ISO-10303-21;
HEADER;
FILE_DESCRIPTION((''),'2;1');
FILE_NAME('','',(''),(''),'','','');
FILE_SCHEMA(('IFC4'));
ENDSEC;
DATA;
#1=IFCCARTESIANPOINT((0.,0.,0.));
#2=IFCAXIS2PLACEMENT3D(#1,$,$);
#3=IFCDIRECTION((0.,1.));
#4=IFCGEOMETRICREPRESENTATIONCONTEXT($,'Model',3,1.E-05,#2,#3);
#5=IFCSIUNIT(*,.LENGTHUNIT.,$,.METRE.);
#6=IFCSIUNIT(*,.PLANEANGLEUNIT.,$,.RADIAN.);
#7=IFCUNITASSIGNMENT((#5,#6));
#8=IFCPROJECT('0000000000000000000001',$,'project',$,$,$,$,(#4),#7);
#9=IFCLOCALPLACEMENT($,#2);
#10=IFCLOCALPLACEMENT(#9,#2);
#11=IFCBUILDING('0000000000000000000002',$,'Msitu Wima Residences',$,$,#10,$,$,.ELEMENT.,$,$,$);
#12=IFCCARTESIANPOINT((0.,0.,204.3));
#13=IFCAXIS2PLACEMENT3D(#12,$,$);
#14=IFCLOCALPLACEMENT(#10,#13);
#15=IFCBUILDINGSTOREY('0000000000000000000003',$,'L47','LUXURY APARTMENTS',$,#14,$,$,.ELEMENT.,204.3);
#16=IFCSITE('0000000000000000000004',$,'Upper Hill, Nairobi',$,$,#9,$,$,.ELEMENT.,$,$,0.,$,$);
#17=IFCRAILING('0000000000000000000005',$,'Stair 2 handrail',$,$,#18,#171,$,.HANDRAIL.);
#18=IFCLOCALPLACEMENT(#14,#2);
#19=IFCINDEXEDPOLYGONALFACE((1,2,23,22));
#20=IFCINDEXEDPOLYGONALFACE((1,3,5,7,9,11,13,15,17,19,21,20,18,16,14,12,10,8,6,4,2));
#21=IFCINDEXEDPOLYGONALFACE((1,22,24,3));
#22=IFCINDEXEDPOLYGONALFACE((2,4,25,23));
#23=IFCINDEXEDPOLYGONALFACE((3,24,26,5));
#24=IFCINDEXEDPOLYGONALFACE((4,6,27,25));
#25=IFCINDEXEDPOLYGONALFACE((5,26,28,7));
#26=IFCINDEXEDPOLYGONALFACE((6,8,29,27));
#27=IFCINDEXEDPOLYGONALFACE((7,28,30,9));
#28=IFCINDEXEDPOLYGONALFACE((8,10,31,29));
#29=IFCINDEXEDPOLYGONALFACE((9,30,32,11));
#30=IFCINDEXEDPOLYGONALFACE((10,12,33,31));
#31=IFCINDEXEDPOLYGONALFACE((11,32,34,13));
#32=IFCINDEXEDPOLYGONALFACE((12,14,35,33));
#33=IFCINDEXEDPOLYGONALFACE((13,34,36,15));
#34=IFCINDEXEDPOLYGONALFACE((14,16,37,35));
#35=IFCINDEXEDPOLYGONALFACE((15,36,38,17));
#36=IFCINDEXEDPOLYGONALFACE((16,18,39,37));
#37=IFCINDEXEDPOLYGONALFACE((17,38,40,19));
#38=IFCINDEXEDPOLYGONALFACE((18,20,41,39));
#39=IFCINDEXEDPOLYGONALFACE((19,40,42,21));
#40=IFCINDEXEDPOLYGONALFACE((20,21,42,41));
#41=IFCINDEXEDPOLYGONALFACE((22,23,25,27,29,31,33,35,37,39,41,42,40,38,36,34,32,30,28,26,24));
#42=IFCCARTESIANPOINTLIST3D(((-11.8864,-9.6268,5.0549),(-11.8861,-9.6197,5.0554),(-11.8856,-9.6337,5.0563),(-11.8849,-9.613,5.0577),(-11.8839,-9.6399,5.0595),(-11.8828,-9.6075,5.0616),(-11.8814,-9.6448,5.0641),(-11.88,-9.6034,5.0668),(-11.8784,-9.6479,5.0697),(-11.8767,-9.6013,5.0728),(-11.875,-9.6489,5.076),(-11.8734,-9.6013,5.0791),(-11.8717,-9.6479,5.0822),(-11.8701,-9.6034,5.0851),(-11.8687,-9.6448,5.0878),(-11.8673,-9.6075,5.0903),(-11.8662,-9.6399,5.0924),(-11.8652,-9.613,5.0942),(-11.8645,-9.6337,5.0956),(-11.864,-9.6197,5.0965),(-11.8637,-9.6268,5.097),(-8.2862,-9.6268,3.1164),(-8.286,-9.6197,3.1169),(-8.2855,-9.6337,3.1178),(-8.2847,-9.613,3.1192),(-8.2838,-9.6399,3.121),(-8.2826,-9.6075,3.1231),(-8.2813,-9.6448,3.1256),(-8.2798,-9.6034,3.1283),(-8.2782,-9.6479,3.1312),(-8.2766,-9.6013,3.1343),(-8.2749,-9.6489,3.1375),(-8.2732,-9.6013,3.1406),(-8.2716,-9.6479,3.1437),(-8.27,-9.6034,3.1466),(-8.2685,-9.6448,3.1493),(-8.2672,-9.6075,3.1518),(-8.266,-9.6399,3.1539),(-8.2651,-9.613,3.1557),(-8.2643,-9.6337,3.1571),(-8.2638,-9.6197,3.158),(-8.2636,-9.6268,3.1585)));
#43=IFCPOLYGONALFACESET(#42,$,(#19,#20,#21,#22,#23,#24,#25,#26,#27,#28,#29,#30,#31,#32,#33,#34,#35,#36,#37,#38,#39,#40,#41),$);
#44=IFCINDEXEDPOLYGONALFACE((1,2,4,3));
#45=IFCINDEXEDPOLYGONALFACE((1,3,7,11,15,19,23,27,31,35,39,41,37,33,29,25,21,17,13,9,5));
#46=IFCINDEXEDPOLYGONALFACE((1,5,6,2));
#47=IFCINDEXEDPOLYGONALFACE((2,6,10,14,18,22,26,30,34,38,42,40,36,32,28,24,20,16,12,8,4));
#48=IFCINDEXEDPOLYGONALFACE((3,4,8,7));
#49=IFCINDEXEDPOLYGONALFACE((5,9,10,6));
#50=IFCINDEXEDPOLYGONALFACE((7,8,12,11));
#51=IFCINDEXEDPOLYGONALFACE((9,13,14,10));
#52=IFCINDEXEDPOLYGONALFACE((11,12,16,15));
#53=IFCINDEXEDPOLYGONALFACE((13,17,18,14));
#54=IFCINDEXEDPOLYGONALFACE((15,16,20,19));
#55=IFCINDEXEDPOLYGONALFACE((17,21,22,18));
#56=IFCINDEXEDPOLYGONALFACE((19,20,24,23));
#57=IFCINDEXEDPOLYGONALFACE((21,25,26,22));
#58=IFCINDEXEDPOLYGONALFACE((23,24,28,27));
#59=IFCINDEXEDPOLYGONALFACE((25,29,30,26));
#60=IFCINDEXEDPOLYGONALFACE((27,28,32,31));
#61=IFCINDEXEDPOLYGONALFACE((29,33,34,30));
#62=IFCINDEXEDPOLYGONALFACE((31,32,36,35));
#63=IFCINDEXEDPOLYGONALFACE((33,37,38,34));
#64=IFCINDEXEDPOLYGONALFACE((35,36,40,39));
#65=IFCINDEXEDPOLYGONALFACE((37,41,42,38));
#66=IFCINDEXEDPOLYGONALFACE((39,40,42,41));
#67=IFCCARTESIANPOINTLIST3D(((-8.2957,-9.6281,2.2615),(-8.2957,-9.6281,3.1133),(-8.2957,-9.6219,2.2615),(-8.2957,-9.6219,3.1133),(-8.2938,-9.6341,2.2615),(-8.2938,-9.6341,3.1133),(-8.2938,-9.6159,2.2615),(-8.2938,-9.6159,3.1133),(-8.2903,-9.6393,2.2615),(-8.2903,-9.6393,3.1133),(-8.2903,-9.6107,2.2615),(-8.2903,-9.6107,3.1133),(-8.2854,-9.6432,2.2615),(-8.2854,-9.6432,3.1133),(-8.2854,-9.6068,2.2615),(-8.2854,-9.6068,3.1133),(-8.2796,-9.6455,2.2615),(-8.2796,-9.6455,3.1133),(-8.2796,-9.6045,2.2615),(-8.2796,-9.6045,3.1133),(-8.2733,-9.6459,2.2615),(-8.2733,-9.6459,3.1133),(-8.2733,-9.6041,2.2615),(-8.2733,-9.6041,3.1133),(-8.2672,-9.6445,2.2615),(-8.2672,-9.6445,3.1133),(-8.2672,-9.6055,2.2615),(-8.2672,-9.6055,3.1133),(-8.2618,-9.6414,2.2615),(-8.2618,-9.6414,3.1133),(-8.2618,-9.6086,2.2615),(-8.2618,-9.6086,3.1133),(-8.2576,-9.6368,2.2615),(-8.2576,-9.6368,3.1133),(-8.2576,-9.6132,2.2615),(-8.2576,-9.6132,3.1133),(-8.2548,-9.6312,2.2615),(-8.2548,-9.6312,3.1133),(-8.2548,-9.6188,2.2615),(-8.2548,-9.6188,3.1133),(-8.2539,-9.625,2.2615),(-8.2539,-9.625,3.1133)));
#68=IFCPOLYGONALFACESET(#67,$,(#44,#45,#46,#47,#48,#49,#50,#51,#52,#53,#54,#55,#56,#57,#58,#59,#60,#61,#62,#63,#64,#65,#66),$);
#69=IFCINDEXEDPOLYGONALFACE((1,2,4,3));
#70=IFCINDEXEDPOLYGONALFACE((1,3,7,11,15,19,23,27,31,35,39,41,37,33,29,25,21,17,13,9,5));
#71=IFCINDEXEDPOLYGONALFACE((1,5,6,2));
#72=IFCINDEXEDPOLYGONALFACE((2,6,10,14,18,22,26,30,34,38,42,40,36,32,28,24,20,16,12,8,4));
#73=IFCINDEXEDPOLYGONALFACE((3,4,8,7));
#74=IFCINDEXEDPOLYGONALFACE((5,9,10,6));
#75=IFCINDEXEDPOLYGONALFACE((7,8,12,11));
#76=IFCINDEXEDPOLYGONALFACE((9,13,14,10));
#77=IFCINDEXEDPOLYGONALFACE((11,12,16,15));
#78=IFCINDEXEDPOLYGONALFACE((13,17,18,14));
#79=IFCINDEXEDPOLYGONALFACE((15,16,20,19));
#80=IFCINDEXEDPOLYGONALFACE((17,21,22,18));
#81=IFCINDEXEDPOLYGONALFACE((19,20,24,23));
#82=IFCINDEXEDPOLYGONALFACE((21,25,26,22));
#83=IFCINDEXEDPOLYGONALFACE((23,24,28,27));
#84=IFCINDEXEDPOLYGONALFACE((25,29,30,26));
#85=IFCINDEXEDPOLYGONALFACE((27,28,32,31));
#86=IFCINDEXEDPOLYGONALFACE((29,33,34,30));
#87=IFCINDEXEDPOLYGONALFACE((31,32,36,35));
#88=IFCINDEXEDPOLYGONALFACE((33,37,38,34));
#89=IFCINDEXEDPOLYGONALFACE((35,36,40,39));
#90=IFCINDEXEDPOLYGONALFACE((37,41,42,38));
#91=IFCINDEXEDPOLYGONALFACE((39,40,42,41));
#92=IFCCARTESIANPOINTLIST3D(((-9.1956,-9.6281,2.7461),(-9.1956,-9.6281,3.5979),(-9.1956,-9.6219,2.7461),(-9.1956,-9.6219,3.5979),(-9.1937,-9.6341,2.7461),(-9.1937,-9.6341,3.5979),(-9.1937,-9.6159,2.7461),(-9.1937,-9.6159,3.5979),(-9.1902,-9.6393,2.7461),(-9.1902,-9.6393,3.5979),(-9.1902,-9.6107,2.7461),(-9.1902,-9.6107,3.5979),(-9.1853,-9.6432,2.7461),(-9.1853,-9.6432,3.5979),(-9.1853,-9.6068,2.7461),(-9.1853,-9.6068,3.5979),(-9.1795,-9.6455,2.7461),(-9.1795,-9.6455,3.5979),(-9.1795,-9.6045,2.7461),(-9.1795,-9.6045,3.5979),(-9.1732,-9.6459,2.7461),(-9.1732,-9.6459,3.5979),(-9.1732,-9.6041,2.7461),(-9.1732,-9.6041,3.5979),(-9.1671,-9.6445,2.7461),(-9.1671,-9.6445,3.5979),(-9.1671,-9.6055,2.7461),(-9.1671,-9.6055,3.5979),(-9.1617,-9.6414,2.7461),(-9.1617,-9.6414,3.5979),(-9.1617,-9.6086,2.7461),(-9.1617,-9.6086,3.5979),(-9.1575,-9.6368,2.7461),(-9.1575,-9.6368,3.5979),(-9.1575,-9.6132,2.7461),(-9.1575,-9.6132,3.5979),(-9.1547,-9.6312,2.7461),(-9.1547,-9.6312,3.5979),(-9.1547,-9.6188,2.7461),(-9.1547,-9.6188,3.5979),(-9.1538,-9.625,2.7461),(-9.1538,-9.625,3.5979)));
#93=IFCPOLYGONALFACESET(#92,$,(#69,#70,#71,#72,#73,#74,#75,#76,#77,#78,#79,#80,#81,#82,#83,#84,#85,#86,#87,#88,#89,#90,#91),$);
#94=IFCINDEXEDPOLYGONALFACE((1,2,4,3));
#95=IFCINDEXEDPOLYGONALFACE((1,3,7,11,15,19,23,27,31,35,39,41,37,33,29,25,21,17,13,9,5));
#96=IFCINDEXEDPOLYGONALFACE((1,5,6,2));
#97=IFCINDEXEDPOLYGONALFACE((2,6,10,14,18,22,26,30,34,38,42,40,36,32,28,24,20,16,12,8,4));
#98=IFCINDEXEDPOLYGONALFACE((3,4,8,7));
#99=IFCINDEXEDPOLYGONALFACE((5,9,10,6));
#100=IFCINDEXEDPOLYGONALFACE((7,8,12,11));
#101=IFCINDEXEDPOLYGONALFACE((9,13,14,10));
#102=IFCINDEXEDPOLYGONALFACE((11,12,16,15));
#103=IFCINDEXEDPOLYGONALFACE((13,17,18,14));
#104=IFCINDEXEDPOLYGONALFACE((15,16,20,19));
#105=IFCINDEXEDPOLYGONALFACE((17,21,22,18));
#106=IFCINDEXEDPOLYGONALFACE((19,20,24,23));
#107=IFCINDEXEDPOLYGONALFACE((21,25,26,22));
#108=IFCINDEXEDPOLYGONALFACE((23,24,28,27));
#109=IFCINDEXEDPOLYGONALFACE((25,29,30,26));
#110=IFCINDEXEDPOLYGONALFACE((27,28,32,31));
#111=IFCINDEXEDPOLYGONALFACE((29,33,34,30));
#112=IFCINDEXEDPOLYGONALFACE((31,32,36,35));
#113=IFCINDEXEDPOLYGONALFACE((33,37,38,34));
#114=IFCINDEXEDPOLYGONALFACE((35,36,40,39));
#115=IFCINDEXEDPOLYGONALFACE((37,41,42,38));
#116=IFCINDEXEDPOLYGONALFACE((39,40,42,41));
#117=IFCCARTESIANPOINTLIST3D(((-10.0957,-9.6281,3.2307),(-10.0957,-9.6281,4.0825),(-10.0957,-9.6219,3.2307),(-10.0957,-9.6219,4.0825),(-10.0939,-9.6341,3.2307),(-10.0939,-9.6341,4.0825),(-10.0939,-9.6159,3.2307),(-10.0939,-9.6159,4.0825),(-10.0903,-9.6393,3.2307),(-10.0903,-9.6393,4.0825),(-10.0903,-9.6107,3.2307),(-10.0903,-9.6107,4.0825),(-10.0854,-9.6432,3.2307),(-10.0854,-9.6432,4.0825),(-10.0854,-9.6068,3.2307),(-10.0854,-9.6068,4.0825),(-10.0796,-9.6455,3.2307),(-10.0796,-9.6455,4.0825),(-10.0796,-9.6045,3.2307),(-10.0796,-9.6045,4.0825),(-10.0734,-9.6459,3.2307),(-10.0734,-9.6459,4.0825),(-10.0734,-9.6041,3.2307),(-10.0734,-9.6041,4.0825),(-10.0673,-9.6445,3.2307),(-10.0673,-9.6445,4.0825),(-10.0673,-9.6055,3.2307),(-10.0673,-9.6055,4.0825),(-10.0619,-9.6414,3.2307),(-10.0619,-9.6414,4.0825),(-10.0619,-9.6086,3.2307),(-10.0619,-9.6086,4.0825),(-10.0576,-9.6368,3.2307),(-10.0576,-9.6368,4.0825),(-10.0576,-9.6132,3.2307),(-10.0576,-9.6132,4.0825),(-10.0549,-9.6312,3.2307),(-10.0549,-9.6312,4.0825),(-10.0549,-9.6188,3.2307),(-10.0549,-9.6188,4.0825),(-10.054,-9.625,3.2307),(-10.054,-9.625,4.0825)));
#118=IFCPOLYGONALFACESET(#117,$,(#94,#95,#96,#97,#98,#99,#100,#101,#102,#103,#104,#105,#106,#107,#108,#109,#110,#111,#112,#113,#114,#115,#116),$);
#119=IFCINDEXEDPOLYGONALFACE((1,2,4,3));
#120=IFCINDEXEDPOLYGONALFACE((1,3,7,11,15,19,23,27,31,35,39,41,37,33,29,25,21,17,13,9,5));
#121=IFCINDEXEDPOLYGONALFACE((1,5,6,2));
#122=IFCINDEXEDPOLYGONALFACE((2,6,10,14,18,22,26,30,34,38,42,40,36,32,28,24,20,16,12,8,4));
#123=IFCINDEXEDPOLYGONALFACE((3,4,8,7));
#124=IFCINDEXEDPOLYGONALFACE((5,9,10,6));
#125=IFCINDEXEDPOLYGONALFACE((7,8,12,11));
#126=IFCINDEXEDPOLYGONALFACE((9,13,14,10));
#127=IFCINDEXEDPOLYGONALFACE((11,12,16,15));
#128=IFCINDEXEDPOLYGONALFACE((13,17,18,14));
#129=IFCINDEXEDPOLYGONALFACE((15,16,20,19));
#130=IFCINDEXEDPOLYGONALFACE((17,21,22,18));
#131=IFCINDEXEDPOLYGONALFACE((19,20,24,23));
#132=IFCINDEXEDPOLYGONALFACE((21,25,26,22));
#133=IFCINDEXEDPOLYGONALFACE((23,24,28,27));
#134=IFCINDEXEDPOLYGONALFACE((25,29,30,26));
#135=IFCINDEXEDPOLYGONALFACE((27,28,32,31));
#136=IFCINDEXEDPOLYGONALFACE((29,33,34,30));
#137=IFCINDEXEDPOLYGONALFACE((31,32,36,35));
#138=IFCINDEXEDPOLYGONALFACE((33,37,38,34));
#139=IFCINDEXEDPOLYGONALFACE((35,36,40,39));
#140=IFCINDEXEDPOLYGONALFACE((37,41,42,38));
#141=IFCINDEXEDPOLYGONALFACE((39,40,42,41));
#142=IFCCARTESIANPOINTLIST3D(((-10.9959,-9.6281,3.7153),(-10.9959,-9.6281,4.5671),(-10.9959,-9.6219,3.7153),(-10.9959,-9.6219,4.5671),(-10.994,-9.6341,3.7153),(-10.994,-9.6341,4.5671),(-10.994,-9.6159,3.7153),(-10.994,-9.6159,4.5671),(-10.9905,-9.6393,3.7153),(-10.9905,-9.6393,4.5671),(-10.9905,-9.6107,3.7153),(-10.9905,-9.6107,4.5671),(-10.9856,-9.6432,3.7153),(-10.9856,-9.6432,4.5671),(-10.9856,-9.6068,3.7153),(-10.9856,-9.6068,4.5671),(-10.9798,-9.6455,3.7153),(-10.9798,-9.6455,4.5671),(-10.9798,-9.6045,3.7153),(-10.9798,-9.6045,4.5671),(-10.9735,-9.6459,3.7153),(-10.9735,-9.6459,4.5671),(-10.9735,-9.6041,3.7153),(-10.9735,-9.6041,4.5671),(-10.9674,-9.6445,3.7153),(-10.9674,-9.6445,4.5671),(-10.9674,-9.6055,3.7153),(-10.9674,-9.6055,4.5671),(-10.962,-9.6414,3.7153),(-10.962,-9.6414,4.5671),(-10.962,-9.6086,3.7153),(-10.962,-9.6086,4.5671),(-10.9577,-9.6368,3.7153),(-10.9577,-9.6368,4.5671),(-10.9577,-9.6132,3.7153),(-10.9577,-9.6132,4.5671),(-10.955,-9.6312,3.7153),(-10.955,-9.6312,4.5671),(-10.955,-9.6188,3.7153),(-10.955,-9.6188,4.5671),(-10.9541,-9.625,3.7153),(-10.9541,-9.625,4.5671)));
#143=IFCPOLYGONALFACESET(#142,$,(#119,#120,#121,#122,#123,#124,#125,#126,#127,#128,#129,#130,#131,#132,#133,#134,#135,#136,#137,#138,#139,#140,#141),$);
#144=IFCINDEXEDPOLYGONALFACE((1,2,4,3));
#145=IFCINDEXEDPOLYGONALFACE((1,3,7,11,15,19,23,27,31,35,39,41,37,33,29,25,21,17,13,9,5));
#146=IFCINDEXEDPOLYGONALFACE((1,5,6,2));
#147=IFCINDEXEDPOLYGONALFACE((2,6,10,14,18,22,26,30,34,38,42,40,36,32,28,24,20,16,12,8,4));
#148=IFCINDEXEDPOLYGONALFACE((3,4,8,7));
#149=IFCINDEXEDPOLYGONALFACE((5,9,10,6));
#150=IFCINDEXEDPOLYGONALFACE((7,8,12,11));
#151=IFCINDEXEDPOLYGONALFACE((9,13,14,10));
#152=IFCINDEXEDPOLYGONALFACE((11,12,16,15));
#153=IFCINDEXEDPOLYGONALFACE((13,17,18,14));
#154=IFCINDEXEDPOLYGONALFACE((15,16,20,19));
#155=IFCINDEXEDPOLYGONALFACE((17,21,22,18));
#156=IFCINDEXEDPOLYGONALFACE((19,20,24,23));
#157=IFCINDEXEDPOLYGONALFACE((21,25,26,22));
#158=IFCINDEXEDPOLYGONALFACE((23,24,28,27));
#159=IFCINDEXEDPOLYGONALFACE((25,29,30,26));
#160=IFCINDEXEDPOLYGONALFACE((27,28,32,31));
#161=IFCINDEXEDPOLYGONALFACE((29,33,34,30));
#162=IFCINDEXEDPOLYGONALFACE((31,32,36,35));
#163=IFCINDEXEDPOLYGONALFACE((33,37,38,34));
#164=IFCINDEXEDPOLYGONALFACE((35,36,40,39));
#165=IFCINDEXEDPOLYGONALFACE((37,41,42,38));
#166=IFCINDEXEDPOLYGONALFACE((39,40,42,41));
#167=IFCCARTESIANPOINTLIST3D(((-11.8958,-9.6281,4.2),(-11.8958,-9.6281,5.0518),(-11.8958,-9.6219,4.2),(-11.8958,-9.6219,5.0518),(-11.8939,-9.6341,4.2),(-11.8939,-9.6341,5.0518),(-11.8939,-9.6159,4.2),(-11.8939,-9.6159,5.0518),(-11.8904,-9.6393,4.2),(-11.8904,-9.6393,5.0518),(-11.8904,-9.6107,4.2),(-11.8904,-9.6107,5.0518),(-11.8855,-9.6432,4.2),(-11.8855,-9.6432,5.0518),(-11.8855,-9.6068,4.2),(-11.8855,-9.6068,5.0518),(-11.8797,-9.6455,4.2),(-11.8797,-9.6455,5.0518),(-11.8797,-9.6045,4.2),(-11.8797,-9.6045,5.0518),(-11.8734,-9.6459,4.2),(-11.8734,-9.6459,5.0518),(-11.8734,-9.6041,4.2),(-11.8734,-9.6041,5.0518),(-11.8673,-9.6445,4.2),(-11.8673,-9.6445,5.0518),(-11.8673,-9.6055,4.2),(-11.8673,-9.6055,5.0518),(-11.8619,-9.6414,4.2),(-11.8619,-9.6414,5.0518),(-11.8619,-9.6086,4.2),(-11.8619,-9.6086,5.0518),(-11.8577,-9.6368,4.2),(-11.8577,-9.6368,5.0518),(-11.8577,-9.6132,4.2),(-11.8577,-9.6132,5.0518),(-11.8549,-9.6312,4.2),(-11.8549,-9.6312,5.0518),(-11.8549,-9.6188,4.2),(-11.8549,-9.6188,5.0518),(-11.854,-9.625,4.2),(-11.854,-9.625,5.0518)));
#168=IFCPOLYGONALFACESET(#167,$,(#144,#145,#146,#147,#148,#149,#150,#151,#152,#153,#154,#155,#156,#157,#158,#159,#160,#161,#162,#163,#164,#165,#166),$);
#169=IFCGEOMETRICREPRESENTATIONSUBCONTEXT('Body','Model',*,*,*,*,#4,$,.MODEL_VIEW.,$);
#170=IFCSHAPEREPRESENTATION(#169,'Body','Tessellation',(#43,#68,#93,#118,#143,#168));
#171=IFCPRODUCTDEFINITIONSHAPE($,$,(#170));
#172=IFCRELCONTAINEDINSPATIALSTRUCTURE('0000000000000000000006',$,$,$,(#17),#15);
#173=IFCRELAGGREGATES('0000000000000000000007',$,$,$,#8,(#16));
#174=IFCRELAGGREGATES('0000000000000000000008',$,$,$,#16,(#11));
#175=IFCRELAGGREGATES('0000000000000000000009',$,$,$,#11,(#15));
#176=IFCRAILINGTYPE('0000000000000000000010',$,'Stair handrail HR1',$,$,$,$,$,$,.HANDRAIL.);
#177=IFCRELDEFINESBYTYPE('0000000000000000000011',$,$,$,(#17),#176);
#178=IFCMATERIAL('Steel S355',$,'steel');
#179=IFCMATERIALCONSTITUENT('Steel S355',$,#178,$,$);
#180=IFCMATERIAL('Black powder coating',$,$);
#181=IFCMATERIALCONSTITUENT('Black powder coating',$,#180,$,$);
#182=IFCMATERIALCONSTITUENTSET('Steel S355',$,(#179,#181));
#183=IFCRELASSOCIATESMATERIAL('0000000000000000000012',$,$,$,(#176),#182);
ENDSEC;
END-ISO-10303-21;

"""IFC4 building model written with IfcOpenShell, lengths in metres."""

from ifc_helpers import new_model, si_unit, direction, frame, origin, origin_2d, place, context, subcontext, project, spatial, circle, extrude, material, constituent, constituent_set, type_object, element, save


model = new_model("IFC4")

# Units and contexts
model_context = context("Model", 3, precision=1e-05, world=origin(), true_north=direction((0.0, 1.0)))
body_context = subcontext(model_context, "Body", "Model", "MODEL_VIEW")
ifc_project = project(units=[si_unit("LENGTHUNIT", "METRE"), si_unit("PLANEANGLEUNIT", "RADIAN")], contexts=[model_context])

# Site, building, storey
site_placement = place(None, origin())
site = spatial("IfcSite", under=ifc_project, at=site_placement, Name="Upper Hill, Nairobi", CompositionType="ELEMENT", RefElevation=0.0)
building_placement = place(site_placement, origin())
building = spatial("IfcBuilding", under=site, at=building_placement, Name="Msitu Wima Residences", CompositionType="ELEMENT")
storey_placement = place(building_placement, frame((0.0, 0.0, 204.3)))
storey = spatial("IfcBuildingStorey", under=building, at=storey_placement, Name="L47", Description="LUXURY APARTMENTS", CompositionType="ELEMENT", Elevation=204.3)

# Railing
ifc_material_1 = material(Name="Steel S355", Category="steel")
ifc_constituent_1 = constituent(ifc_material_1, Name="Steel S355")
ifc_material_2 = material(Name="Black powder coating")
ifc_constituent_2 = constituent(ifc_material_2, Name="Black powder coating")
ifc_constituent_set = constituent_set(constituents=[ifc_constituent_1, ifc_constituent_2], Name="Steel S355")
railing_type = type_object("IfcRailingType", Name="Stair handrail HR1", PredefinedType="HANDRAIL", material=ifc_constituent_set)
for number, where, name in (
    (1, (-8.2749, -9.625, 2.2615), "Stair 2 handrail"),
):
    element("IfcRailing", number, at=place(storey_placement, frame(where)), inside=storey, type_object=railing_type, Name=name, PredefinedType="HANDRAIL", context=body_context, shape_type="SweptSolid", body=[
        extrude(circle(Radius=0.0239, at=origin_2d()), frame((0.0, 0.0, 0.876), z_axis=(-0.880475, 0.0, 0.474093), x_axis=(0.0, -1.0, 0.0)), (0.0, 0.0, 1.0), 4.0889),
        extrude(circle(Radius=0.021, at=origin_2d()), origin(), (0.0, 0.0, 1.0), 0.8518),
        extrude(circle(Radius=0.021, at=origin_2d()), frame((-0.8999, 0.0, 0.4846)), (0.0, 0.0, 1.0), 0.8518),
        extrude(circle(Radius=0.021, at=origin_2d()), frame((-1.8, 0.0, 0.9692)), (0.0, 0.0, 1.0), 0.8518),
        extrude(circle(Radius=0.021, at=origin_2d()), frame((-2.7002, 0.0, 1.4539)), (0.0, 0.0, 1.0), 0.8518),
        extrude(circle(Radius=0.021, at=origin_2d()), frame((-3.6001, 0.0, 1.9385)), (0.0, 0.0, 1.0), 0.8518),
    ])

save(model, "model.ifc")
